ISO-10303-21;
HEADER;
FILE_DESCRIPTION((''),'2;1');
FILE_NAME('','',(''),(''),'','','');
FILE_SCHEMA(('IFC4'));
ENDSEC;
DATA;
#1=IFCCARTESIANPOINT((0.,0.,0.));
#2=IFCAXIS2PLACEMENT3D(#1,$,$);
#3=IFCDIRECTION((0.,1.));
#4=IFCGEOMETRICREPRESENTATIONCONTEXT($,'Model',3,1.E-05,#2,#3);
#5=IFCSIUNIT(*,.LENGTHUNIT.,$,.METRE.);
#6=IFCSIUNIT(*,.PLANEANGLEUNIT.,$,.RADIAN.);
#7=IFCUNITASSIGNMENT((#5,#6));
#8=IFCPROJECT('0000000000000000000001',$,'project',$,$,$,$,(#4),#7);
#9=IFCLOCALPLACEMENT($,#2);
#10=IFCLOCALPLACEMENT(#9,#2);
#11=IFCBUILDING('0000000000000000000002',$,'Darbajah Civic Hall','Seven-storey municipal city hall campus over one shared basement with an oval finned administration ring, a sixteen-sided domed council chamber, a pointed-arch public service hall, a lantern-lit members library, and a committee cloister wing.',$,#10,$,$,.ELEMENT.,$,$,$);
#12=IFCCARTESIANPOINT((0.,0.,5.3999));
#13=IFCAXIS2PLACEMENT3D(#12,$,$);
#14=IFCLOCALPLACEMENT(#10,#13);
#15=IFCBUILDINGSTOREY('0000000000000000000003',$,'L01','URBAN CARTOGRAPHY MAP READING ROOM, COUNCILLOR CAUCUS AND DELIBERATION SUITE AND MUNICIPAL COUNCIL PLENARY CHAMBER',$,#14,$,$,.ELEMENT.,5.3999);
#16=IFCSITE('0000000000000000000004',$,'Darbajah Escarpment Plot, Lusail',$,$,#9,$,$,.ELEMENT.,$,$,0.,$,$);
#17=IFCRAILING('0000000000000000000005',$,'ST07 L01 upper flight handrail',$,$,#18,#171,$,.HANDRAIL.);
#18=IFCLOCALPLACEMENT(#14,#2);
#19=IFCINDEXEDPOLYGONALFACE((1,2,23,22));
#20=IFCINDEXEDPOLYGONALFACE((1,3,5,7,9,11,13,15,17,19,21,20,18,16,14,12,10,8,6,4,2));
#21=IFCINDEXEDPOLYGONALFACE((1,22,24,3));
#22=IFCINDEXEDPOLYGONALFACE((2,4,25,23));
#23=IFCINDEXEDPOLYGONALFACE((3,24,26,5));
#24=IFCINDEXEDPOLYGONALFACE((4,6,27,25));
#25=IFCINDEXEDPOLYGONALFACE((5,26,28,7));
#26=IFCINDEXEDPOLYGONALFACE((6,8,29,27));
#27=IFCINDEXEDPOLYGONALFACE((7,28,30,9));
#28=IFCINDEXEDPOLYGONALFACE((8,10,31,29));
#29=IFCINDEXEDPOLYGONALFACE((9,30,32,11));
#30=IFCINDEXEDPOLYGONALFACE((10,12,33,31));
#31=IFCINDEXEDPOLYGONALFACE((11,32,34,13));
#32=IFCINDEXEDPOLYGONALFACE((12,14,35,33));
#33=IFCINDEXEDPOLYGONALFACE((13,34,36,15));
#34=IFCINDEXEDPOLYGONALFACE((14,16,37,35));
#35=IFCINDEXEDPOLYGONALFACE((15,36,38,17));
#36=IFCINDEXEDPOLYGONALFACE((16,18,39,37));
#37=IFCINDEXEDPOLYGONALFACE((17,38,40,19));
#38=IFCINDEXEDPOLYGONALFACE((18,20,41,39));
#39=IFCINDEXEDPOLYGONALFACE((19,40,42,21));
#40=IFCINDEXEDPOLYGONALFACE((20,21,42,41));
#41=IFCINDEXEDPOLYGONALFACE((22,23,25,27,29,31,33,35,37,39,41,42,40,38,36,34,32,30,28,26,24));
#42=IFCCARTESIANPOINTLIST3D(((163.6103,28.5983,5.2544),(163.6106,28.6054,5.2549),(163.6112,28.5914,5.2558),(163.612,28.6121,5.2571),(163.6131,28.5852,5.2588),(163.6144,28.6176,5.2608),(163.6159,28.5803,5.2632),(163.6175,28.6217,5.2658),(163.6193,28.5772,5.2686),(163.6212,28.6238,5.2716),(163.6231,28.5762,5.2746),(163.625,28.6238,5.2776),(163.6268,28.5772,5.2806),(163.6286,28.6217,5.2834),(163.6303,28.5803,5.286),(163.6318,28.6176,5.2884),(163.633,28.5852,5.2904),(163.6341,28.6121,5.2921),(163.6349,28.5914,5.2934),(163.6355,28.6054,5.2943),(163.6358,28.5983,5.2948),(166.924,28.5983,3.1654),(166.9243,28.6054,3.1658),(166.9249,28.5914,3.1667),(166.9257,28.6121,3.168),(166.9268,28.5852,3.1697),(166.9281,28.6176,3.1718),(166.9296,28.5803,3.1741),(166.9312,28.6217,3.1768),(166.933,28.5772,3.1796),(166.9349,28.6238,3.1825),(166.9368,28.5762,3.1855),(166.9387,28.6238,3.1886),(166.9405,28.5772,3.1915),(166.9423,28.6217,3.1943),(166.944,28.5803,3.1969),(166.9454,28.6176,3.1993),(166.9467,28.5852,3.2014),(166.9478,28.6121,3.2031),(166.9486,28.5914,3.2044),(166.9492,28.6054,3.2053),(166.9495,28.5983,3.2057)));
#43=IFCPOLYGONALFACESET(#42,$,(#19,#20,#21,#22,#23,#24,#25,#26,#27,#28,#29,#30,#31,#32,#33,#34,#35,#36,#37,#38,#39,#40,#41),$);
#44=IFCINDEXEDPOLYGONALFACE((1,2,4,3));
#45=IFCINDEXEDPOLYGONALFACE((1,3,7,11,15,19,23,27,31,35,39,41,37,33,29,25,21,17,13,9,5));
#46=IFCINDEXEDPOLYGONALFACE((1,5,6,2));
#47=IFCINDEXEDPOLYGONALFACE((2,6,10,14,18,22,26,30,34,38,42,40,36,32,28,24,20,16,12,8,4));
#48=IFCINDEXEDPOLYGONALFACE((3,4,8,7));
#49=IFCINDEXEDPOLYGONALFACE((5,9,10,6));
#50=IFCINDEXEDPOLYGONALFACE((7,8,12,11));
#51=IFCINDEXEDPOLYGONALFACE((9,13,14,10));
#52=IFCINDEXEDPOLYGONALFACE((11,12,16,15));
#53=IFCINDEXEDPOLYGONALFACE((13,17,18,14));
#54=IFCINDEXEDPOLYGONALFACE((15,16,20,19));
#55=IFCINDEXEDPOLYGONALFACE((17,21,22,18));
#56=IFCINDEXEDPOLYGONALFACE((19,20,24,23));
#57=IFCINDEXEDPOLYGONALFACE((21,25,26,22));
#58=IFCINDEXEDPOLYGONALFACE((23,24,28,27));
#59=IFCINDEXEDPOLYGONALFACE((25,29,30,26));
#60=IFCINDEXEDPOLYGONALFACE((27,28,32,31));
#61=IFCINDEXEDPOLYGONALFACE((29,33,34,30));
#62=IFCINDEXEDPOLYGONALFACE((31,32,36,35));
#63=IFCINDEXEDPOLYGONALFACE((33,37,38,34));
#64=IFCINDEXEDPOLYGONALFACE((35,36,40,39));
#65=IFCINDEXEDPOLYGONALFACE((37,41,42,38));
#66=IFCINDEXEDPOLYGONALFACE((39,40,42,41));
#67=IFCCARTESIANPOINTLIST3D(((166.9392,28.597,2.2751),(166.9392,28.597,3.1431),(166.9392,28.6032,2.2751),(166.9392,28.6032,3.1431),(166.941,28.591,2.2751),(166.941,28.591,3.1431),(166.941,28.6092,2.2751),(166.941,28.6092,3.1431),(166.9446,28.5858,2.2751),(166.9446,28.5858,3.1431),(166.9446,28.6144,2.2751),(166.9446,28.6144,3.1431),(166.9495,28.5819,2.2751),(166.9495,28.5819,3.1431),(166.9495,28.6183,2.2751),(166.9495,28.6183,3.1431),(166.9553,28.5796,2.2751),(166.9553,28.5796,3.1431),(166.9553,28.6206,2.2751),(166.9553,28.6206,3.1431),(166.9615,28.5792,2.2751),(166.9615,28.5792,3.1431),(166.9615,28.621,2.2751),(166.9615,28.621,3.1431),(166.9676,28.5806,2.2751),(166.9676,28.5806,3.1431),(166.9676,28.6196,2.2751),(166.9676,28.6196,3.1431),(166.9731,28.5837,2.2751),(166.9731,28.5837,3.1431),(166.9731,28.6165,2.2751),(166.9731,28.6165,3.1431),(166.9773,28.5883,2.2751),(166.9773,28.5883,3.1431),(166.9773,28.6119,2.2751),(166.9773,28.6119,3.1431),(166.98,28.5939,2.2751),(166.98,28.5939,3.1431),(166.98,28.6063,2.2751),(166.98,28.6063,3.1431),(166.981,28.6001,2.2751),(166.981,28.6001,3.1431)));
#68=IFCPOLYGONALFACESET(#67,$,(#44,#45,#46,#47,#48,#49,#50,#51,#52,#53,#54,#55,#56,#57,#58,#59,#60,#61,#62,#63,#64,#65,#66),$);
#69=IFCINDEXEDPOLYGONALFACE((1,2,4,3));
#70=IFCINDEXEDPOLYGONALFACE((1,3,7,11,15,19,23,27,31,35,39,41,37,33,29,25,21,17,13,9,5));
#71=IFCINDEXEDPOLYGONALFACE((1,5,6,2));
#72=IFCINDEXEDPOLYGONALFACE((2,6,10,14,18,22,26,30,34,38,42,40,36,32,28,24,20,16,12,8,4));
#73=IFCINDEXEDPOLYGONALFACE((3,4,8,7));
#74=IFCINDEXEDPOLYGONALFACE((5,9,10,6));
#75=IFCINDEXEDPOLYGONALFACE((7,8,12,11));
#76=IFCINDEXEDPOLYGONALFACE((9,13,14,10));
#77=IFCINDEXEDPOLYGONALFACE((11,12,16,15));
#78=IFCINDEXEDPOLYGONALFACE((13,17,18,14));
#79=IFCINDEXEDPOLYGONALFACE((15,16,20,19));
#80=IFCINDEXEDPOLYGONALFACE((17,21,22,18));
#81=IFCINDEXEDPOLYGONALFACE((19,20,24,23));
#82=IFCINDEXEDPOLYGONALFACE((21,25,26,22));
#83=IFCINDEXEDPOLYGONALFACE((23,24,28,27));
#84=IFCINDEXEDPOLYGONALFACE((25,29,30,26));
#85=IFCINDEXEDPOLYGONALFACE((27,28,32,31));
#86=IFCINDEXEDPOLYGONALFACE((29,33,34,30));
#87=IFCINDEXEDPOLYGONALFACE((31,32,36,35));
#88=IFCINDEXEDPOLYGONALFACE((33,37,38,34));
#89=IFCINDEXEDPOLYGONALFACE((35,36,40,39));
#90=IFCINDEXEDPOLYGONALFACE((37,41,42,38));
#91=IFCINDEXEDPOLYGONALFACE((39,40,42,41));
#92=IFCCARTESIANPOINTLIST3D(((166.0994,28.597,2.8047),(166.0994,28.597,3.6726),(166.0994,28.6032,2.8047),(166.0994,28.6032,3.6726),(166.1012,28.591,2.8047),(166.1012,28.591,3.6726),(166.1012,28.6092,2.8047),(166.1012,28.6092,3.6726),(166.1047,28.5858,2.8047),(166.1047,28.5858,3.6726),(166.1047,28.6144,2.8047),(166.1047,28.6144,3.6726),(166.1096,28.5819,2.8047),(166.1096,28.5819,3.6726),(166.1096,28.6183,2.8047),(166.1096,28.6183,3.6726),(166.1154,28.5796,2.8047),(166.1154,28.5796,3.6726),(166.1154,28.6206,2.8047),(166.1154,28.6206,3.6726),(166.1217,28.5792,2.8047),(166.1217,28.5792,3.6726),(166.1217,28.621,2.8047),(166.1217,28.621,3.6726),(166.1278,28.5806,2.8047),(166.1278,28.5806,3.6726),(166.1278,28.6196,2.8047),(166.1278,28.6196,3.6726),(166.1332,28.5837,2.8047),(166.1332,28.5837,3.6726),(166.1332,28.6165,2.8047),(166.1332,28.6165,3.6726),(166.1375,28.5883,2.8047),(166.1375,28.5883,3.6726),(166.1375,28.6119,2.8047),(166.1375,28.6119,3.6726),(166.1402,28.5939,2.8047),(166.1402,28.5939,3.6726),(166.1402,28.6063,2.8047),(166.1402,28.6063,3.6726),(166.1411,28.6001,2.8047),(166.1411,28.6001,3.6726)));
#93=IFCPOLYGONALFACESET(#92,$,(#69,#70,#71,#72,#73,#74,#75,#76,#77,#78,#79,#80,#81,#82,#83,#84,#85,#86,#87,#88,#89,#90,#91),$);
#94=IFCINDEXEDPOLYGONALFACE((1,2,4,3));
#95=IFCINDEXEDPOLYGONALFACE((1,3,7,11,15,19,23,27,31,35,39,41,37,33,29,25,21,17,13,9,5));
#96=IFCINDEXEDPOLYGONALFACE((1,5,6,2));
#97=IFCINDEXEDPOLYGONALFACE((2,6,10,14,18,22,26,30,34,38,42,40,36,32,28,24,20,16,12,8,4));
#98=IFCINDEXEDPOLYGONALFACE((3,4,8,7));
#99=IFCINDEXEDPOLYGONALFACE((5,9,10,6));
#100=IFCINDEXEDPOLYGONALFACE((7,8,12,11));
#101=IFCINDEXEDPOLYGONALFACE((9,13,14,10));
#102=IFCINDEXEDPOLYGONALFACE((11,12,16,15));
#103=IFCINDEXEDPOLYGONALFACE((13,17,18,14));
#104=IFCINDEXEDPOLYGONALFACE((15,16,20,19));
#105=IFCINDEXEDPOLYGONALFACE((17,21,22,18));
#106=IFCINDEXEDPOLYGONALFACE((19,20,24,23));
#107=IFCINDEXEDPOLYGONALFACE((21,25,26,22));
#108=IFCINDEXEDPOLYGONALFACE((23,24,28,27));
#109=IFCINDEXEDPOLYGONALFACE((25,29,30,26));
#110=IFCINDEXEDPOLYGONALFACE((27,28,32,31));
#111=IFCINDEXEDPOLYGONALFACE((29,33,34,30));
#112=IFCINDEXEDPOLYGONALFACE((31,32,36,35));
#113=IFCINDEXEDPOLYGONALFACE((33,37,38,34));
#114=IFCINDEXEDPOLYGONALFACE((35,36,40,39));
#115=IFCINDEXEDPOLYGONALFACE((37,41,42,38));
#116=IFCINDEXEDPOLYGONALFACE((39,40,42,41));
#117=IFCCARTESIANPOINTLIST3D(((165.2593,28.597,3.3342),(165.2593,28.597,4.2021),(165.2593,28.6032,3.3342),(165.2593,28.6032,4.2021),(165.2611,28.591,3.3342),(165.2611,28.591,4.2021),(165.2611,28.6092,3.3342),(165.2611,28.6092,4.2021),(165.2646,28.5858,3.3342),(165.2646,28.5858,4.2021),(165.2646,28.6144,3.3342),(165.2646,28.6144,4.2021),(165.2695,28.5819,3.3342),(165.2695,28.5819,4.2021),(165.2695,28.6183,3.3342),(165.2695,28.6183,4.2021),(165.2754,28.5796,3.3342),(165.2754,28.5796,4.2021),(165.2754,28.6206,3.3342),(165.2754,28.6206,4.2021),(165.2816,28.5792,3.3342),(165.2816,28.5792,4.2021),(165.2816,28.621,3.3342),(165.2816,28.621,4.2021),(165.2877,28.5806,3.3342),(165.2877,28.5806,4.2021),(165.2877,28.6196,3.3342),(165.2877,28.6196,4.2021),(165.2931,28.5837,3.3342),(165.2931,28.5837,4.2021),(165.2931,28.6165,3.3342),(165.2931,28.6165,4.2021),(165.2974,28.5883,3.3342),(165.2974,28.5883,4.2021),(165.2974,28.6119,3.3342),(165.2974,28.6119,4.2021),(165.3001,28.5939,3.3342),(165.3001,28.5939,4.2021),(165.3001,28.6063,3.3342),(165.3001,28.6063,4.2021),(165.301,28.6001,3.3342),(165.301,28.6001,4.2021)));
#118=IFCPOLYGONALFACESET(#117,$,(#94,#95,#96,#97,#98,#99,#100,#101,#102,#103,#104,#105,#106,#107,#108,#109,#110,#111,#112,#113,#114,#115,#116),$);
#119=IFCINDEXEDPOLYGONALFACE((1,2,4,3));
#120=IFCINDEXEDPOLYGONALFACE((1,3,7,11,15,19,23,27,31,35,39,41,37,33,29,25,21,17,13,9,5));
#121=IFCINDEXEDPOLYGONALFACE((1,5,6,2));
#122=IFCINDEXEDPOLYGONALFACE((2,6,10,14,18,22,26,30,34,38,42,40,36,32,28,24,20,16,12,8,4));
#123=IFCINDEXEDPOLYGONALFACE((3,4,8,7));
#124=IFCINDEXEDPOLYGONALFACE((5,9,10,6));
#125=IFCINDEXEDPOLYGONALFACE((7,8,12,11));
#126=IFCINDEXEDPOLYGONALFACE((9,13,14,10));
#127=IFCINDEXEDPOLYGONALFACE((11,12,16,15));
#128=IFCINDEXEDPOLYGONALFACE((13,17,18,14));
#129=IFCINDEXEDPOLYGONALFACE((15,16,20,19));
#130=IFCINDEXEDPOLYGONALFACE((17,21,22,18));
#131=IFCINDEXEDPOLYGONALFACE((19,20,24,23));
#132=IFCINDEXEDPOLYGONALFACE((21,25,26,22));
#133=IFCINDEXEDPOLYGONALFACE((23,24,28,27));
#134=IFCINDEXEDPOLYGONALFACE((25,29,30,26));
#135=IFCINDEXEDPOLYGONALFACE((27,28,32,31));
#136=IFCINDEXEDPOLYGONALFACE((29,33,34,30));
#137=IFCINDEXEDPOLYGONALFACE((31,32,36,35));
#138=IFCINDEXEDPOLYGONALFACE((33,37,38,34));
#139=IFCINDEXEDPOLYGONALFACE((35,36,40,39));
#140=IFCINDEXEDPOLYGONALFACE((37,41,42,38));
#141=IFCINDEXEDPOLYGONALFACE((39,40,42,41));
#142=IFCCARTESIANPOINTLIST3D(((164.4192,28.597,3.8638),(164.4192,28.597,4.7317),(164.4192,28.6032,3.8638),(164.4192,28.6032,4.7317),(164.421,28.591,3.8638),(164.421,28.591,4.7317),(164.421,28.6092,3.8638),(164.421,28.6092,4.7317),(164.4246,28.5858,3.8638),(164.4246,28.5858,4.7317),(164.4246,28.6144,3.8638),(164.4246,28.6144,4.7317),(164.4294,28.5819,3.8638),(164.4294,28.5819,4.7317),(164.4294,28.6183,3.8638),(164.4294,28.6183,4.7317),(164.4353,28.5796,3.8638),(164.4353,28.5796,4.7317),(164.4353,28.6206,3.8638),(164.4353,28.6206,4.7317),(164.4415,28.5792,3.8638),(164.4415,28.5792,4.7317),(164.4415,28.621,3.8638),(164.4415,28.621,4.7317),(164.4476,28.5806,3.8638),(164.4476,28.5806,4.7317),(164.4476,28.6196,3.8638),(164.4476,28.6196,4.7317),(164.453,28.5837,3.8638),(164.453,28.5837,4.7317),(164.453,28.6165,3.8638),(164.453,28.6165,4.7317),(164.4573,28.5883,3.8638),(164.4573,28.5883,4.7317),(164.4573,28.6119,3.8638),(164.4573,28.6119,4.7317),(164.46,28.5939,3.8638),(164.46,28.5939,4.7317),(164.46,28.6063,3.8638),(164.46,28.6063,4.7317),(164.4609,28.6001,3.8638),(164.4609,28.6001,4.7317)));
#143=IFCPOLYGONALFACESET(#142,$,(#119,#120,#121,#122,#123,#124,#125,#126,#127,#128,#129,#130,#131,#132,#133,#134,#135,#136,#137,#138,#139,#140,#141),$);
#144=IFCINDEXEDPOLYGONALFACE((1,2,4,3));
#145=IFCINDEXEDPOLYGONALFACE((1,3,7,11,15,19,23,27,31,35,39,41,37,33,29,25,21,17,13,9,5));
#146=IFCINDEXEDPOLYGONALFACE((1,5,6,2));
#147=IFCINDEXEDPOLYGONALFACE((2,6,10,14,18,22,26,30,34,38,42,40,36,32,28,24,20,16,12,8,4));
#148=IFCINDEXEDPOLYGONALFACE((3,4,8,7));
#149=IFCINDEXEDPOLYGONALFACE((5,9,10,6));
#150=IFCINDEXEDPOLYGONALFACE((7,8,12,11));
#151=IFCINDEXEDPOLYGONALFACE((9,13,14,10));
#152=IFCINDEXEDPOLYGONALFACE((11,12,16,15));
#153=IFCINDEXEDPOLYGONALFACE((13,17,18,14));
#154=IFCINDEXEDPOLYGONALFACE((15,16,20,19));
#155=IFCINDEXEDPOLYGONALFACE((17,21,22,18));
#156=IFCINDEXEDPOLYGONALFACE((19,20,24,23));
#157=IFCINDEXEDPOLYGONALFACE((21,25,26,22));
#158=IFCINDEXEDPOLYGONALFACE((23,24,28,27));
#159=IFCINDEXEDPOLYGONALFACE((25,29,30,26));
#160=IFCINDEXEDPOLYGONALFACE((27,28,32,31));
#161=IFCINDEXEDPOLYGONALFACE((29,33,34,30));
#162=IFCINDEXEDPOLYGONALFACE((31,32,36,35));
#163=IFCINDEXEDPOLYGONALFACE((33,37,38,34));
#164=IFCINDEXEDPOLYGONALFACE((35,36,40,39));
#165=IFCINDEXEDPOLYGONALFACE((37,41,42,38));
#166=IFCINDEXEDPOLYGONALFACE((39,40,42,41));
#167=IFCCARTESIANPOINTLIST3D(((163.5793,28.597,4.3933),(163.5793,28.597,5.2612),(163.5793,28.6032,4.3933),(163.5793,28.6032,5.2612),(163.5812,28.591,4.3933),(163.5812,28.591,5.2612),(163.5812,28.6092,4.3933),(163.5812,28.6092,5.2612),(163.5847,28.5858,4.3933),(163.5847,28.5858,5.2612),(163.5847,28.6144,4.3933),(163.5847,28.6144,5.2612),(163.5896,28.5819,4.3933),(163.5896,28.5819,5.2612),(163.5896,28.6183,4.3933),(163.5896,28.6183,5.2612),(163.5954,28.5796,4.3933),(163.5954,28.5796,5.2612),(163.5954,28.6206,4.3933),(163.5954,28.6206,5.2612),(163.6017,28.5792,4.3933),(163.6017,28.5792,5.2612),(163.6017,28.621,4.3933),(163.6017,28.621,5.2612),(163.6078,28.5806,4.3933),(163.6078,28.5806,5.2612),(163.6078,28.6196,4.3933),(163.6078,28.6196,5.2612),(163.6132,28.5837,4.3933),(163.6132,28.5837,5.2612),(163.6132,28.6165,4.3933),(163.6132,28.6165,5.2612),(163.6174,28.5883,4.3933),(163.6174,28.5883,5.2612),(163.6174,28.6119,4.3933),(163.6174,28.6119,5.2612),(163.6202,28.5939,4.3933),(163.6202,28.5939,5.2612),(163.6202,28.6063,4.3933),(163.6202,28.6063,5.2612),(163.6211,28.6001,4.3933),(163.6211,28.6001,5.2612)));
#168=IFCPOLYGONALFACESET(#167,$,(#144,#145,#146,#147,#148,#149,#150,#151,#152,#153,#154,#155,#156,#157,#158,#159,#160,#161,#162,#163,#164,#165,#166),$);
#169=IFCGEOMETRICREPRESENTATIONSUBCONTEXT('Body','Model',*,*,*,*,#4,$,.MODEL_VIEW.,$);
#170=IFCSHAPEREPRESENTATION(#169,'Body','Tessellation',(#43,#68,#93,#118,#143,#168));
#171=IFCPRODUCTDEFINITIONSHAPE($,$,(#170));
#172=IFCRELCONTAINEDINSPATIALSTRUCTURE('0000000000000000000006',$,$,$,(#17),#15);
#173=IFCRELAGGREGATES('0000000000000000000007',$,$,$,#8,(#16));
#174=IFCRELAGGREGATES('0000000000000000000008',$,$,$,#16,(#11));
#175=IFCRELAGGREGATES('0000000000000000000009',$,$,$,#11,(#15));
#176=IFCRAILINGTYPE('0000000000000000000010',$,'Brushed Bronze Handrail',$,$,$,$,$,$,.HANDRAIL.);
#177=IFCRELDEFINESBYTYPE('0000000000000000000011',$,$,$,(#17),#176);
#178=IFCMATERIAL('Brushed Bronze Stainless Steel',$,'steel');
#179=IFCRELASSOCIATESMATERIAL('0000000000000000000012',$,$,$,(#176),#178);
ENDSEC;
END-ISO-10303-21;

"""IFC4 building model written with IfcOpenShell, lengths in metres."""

from ifc_helpers import new_model, si_unit, direction, frame, origin, origin_2d, place, context, subcontext, project, spatial, circle, extrude, material, type_object, element, save


model = new_model("IFC4")

# Units and contexts
model_context = context("Model", 3, precision=1e-05, world=origin(), true_north=direction((0.0, 1.0)))
body_context = subcontext(model_context, "Body", "Model", "MODEL_VIEW")
ifc_project = project(units=[si_unit("LENGTHUNIT", "METRE"), si_unit("PLANEANGLEUNIT", "RADIAN")], contexts=[model_context])

# Site, building, storey
site_placement = place(None, origin())
site = spatial("IfcSite", under=ifc_project, at=site_placement, Name="Darbajah Escarpment Plot, Lusail", CompositionType="ELEMENT", RefElevation=0.0)
building_placement = place(site_placement, origin())
building = spatial("IfcBuilding", under=site, at=building_placement, Name="Darbajah Civic Hall", Description="Seven-storey municipal city hall campus over one shared basement with an oval finned administration ring, a sixteen-sided domed council chamber, a pointed-arch public service hall, a lantern-lit members library, and a committee cloister wing.", CompositionType="ELEMENT")
storey_placement = place(building_placement, frame((0.0, 0.0, 5.3999)))
storey = spatial("IfcBuildingStorey", under=building, at=storey_placement, Name="L01", Description="URBAN CARTOGRAPHY MAP READING ROOM, COUNCILLOR CAUCUS AND DELIBERATION SUITE AND MUNICIPAL COUNCIL PLENARY CHAMBER", CompositionType="ELEMENT", Elevation=5.3999)

# Railing
ifc_material_1 = material(Name="Brushed Bronze Stainless Steel", Category="steel")
railing_type_1 = type_object("IfcRailingType", Name="Brushed Bronze Handrail", PredefinedType="HANDRAIL", material=ifc_material_1)
railing_1_placement = place(storey_placement, frame((166.96, 28.6001, 2.2751)))
element("IfcRailing", 1, at=railing_1_placement, inside=storey, type_object=railing_type_1, Name="ST07 L01 upper flight handrail", PredefinedType="HANDRAIL", context=body_context, shape_type="SweptSolid", body=[
    extrude(circle(Radius=0.0239, at=origin_2d()), frame((-0.0232, 0.0, 0.9104), z_axis=(-0.845927, 0.0, 0.533299), x_axis=(0.0, -1.0, 0.0)), (0.0, 0.0, 1.0), 3.9172),
    extrude(circle(Radius=0.021, at=origin_2d()), origin(), (0.0, 0.0, 1.0), 0.8679),
    extrude(circle(Radius=0.021, at=origin_2d()), frame((-0.8398, 0.0, 0.5295)), (0.0, 0.0, 1.0), 0.8679),
    extrude(circle(Radius=0.021, at=origin_2d()), frame((-1.6799, 0.0, 1.0591)), (0.0, 0.0, 1.0), 0.8679),
    extrude(circle(Radius=0.021, at=origin_2d()), frame((-2.52, 0.0, 1.5886)), (0.0, 0.0, 1.0), 0.8679),
    extrude(circle(Radius=0.021, at=origin_2d()), frame((-3.3599, 0.0, 2.1182)), (0.0, 0.0, 1.0), 0.8679),
])

save(model, "model.ifc")
